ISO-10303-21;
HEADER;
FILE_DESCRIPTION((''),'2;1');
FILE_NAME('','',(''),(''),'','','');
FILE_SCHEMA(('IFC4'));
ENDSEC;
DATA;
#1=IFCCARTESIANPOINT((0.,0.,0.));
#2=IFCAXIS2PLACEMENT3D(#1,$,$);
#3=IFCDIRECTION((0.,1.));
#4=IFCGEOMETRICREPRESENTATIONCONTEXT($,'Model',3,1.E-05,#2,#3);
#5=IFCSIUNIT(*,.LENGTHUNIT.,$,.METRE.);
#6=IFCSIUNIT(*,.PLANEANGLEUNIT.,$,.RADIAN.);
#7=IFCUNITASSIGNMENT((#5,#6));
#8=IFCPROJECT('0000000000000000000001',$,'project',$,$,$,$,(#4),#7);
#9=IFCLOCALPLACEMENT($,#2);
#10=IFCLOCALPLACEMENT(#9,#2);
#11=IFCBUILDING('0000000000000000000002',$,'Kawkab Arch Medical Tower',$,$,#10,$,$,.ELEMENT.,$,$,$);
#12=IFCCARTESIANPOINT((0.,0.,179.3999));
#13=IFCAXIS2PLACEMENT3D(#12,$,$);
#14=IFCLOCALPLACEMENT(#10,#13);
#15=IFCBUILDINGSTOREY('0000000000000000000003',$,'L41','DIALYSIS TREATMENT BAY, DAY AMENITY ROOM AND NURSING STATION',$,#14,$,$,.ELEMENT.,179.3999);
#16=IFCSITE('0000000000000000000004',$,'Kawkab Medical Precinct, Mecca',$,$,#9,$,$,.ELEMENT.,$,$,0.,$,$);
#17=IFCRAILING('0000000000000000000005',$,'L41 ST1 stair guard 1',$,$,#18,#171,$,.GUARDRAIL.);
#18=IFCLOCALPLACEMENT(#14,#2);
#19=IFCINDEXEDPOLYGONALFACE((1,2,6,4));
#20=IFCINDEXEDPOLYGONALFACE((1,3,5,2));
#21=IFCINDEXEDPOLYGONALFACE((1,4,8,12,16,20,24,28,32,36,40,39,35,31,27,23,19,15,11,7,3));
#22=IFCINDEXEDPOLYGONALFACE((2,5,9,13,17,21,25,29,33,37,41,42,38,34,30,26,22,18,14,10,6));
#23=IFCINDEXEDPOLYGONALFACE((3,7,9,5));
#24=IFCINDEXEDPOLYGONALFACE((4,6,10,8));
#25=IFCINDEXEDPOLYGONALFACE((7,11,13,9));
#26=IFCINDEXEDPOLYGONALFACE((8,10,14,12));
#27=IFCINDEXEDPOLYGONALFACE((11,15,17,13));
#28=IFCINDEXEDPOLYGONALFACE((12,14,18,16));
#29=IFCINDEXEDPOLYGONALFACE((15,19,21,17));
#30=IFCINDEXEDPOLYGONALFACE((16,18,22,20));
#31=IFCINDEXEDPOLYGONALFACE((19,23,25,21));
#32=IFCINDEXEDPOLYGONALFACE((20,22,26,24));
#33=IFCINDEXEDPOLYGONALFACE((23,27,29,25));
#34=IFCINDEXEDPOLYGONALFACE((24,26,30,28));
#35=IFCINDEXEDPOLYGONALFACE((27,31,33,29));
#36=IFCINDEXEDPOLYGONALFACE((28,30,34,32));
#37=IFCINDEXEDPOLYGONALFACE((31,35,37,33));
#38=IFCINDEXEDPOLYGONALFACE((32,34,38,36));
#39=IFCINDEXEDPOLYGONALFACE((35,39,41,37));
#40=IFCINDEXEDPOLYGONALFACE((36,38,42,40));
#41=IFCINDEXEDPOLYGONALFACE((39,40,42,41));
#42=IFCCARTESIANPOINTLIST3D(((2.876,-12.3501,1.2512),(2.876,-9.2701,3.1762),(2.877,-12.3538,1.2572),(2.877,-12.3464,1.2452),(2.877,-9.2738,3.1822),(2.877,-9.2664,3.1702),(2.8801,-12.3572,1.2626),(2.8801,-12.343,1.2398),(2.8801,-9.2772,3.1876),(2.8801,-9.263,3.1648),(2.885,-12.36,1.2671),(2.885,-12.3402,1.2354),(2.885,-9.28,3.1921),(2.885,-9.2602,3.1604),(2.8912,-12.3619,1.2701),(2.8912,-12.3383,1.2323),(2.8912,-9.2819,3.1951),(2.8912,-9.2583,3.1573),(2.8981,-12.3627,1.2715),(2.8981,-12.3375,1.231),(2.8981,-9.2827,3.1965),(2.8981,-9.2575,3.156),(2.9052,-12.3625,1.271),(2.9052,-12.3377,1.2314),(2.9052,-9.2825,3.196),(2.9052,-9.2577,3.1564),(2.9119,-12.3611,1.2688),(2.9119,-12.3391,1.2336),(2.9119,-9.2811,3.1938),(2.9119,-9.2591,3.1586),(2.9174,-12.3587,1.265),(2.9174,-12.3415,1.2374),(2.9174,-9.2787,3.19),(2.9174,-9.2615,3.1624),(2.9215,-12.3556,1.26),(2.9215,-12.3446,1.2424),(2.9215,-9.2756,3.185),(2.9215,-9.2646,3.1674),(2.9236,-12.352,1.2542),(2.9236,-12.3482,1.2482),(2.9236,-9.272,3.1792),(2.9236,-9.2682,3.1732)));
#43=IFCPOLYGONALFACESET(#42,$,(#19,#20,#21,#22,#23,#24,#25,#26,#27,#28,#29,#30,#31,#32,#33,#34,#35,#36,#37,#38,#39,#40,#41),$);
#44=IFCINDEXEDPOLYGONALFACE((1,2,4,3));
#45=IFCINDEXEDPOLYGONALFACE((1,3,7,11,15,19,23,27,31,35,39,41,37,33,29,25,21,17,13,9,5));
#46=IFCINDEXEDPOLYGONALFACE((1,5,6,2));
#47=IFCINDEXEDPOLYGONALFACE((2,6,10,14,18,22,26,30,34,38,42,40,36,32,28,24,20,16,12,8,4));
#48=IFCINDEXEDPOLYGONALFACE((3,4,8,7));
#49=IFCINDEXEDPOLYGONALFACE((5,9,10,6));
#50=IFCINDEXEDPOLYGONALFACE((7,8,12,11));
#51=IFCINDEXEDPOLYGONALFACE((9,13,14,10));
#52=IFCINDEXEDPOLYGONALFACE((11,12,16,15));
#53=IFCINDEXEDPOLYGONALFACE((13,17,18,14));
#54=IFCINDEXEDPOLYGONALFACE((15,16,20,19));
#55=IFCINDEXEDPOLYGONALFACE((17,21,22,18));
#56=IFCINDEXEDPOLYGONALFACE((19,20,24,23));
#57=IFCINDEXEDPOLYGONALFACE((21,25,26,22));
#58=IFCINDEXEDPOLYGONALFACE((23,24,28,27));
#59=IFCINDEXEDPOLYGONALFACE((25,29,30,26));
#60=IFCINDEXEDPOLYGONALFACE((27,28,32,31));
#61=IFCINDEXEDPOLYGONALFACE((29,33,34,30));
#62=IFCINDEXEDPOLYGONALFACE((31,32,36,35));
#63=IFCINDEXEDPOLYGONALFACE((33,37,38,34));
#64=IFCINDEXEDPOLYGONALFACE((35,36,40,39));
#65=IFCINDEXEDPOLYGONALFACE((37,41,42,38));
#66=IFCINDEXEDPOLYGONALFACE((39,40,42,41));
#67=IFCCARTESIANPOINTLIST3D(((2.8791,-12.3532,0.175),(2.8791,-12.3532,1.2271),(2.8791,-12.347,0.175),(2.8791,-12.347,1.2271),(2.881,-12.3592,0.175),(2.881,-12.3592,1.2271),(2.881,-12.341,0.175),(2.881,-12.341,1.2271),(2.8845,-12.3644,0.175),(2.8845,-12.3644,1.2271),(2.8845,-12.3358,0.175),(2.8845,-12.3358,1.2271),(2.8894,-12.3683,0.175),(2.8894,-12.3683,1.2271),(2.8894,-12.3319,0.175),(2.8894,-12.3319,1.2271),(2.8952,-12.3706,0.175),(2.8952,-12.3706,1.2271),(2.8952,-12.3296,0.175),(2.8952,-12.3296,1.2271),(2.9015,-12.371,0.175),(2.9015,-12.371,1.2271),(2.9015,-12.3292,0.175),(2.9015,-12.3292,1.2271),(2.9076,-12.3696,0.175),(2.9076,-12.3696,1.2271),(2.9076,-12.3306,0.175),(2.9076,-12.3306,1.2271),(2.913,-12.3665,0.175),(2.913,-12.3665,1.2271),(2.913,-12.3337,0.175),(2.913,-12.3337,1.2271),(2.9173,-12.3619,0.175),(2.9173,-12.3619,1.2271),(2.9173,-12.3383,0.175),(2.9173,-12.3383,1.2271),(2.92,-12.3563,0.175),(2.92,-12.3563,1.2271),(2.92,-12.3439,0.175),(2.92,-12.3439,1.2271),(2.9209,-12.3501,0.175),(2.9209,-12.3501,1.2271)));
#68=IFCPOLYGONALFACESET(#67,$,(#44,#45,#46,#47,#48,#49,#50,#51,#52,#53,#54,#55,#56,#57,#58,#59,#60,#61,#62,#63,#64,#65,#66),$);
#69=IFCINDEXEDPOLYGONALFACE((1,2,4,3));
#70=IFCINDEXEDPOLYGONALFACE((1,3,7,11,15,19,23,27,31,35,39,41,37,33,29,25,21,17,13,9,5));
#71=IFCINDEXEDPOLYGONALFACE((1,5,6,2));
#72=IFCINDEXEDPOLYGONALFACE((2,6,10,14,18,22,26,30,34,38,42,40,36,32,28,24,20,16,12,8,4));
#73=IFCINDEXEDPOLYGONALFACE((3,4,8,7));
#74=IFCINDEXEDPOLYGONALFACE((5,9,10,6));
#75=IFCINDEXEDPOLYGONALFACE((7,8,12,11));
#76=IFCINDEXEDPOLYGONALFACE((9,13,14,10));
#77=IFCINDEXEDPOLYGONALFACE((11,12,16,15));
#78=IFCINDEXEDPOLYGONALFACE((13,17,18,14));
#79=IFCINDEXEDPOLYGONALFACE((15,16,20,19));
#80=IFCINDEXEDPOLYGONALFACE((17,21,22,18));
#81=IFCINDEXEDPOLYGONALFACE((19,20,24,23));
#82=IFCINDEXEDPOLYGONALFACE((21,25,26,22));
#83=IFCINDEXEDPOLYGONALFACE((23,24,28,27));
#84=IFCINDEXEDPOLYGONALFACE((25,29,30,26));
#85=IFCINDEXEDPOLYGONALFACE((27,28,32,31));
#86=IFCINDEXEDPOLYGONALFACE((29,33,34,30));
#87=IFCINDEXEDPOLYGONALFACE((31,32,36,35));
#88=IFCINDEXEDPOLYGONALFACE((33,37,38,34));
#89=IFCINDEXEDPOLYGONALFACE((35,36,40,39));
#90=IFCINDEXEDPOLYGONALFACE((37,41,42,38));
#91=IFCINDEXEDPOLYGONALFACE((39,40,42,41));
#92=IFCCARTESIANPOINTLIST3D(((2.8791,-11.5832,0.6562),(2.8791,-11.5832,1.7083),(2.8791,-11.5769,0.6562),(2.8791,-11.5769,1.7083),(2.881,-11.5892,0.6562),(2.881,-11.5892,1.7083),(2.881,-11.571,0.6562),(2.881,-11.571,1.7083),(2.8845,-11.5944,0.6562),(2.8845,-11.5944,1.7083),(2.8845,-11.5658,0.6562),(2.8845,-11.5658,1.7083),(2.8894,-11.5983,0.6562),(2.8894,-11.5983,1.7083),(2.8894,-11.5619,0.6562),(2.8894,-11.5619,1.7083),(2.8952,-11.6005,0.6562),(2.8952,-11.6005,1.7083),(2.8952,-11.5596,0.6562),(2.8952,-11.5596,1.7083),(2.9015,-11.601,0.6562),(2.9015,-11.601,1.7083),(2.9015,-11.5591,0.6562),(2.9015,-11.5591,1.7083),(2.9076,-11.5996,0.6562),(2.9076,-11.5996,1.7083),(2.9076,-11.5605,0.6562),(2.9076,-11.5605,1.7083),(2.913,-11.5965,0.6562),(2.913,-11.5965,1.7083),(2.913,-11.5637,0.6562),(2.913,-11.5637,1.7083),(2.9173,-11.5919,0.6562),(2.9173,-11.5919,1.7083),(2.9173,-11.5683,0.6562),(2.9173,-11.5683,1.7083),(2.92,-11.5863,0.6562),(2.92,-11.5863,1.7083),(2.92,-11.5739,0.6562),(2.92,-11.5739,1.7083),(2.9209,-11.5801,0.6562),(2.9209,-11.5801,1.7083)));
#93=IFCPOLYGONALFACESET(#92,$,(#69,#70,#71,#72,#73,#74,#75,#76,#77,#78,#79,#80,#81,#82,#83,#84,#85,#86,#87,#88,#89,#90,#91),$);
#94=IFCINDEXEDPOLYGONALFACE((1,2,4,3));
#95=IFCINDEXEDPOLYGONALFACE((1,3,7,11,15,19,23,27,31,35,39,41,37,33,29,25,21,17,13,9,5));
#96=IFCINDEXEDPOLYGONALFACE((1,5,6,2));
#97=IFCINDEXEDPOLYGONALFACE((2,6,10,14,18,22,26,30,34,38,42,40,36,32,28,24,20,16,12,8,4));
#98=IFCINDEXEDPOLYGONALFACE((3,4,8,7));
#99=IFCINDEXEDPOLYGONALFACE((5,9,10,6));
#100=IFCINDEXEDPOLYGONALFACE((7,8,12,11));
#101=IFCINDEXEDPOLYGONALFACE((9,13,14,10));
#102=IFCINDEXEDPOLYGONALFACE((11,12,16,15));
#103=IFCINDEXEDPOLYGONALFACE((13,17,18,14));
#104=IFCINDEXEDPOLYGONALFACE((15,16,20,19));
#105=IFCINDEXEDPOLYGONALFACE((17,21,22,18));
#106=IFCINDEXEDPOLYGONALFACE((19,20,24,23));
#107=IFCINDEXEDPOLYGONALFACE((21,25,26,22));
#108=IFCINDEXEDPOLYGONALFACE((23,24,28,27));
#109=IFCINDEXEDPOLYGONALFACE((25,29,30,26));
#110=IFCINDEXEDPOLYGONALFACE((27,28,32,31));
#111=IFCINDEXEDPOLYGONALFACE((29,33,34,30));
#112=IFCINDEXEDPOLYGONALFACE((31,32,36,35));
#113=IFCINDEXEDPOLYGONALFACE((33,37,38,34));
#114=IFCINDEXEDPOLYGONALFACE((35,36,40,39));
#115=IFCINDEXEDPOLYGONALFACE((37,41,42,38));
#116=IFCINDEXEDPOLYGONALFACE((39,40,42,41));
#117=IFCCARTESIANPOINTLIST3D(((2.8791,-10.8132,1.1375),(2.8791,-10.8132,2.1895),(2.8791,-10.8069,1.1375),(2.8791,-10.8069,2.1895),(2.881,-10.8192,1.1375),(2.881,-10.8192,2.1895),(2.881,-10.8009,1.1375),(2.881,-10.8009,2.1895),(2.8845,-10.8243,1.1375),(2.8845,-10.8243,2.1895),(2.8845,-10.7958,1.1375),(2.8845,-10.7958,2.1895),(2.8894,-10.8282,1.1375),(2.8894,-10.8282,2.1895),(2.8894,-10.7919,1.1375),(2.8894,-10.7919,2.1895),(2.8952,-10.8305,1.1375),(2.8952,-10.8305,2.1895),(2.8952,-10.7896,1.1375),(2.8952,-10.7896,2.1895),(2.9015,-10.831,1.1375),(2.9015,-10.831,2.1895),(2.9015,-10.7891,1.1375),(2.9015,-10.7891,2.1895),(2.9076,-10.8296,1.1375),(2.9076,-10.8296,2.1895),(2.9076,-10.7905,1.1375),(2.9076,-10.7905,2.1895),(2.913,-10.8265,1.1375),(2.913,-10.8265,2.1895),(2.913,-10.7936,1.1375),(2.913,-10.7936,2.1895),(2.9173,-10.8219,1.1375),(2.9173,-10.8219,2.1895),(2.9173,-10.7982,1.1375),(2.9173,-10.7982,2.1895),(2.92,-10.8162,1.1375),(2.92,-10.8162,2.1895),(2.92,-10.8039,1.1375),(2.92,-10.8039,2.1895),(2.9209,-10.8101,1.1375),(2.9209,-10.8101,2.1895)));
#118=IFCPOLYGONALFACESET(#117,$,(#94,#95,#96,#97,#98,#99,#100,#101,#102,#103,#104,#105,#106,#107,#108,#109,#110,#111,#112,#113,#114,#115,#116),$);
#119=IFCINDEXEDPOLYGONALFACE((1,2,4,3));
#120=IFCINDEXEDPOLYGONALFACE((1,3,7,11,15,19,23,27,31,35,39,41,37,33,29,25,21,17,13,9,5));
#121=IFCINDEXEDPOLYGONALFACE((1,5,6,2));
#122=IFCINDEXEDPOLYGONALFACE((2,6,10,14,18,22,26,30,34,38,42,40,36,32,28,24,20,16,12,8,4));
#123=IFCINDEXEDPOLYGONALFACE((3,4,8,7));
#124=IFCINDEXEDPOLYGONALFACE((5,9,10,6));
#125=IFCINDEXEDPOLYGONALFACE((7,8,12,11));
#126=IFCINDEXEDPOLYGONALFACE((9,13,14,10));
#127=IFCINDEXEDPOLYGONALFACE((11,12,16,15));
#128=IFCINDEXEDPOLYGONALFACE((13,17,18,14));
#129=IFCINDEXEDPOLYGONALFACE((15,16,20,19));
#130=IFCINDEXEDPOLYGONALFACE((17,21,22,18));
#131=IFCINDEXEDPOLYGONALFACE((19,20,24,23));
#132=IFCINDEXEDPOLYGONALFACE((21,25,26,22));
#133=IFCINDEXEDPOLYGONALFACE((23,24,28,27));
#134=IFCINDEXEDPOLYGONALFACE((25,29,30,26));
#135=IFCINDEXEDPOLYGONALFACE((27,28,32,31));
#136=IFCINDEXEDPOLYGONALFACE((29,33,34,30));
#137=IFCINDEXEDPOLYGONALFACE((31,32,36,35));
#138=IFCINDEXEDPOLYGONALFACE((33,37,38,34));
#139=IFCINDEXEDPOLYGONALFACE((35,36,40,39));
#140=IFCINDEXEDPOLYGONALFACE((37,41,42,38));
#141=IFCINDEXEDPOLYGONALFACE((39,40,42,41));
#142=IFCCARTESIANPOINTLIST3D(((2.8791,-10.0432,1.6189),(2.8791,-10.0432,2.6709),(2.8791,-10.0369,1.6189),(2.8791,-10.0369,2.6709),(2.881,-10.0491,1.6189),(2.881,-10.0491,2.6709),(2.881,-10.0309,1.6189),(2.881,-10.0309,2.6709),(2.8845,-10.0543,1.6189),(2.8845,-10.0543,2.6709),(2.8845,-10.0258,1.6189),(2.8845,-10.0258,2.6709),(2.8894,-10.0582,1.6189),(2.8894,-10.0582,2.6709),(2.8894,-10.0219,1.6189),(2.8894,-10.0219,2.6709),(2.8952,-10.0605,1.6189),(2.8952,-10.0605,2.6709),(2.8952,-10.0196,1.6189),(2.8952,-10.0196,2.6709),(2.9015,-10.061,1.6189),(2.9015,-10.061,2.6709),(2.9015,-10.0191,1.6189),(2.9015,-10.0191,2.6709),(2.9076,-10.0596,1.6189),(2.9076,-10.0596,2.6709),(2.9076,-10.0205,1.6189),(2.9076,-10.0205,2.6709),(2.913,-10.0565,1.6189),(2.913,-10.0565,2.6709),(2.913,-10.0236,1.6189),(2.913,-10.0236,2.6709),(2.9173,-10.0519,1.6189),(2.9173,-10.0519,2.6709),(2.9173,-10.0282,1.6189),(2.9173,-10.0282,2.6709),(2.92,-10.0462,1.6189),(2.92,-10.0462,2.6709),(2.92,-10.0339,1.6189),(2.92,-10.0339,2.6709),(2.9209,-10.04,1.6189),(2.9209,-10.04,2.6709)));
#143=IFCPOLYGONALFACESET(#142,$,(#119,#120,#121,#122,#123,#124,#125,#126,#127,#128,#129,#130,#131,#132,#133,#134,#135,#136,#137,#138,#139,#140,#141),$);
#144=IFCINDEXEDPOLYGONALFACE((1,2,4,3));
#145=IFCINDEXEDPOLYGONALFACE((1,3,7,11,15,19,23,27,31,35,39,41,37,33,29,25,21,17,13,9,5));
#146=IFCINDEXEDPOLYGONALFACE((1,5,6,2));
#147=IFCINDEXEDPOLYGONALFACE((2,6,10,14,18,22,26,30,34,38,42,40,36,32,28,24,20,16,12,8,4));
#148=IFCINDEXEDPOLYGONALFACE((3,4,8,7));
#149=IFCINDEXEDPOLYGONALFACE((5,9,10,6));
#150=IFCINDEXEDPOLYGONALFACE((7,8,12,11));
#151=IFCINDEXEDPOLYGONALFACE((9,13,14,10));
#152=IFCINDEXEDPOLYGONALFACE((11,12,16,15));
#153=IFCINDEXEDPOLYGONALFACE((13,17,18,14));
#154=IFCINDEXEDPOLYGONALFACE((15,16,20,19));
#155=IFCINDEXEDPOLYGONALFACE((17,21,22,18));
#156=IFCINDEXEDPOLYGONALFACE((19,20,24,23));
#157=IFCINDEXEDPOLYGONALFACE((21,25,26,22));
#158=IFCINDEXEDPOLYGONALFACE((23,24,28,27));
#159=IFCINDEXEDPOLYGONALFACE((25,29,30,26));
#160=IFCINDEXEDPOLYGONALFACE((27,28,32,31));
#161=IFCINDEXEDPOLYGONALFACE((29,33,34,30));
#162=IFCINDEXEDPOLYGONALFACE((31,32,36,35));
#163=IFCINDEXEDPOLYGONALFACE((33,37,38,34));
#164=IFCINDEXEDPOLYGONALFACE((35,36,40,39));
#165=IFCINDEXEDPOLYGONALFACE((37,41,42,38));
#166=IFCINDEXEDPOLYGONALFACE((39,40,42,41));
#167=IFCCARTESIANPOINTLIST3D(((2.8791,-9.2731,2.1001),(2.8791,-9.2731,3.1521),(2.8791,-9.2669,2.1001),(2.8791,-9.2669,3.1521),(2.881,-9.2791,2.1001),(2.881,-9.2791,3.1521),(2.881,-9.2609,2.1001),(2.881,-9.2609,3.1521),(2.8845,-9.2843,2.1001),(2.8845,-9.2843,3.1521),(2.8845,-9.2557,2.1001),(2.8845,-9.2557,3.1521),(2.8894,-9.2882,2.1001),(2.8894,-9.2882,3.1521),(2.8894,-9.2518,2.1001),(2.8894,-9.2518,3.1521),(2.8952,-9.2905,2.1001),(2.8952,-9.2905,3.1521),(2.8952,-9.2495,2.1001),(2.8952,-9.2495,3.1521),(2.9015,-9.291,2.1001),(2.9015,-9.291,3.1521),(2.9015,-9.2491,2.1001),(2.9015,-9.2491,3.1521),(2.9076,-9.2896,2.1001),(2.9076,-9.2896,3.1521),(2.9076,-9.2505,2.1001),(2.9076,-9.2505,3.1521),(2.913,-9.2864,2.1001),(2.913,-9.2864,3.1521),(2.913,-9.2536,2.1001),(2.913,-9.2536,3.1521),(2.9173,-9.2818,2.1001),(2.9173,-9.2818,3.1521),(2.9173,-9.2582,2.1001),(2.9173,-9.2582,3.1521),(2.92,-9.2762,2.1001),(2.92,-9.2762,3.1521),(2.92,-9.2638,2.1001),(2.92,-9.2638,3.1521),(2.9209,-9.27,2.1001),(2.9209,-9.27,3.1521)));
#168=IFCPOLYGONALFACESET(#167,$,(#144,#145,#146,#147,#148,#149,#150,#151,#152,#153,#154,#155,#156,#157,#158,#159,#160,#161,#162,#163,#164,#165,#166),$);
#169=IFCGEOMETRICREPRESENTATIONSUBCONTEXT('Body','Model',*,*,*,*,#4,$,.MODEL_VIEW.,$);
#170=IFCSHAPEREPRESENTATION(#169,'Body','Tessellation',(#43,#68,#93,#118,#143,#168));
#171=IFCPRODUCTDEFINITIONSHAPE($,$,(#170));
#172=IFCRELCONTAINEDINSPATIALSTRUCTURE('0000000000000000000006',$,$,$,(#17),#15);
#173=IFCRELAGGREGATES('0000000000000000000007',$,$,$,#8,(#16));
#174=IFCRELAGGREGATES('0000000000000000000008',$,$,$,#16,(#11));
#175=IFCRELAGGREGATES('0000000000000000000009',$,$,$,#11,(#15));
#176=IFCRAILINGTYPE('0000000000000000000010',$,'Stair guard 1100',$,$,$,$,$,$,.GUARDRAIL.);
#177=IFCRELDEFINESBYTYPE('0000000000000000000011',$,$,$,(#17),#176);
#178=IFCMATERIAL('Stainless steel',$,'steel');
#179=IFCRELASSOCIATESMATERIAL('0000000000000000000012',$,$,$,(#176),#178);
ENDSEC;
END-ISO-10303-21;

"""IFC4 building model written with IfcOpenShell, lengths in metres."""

from ifc_helpers import new_model, si_unit, direction, frame, origin, origin_2d, place, context, subcontext, project, spatial, circle, extrude, material, type_object, element, save


model = new_model("IFC4")

# Units and contexts
model_context = context("Model", 3, precision=1e-05, world=origin(), true_north=direction((0.0, 1.0)))
body_context = subcontext(model_context, "Body", "Model", "MODEL_VIEW")
ifc_project = project(units=[si_unit("LENGTHUNIT", "METRE"), si_unit("PLANEANGLEUNIT", "RADIAN")], contexts=[model_context])

# Site, building, storey
site_placement = place(None, origin())
site = spatial("IfcSite", under=ifc_project, at=site_placement, Name="Kawkab Medical Precinct, Mecca", CompositionType="ELEMENT", RefElevation=0.0)
building_placement = place(site_placement, origin())
building = spatial("IfcBuilding", under=site, at=building_placement, Name="Kawkab Arch Medical Tower", CompositionType="ELEMENT")
storey_placement = place(building_placement, frame((0.0, 0.0, 179.3999)))
storey = spatial("IfcBuildingStorey", under=building, at=storey_placement, Name="L41", Description="DIALYSIS TREATMENT BAY, DAY AMENITY ROOM AND NURSING STATION", CompositionType="ELEMENT", Elevation=179.3999)

# Railing
ifc_material_1 = material(Name="Stainless steel", Category="steel")
railing_type = type_object("IfcRailingType", Name="Stair guard 1100", PredefinedType="GUARDRAIL", material=ifc_material_1)
railing_placement = place(storey_placement, frame((2.8999, -12.3501, 0.175)))
element("IfcRailing", 1, at=railing_placement, inside=storey, type_object=railing_type, Name="L41 ST1 stair guard 1", PredefinedType="GUARDRAIL", context=body_context, shape_type="SweptSolid", body=[
    extrude(circle(Radius=0.0239, at=origin_2d()), frame((0.0, 0.0, 1.0762), z_axis=(0.0, 0.847998, 0.529999), x_axis=(-1.0, 0.0, 0.0)), (0.0, 0.0, 1.0), 3.6321),
    extrude(circle(Radius=0.021, at=origin_2d()), origin(), (0.0, 0.0, 1.0), 1.052),
    extrude(circle(Radius=0.021, at=origin_2d()), frame((0.0, 0.77, 0.4812)), (0.0, 0.0, 1.0), 1.052),
    extrude(circle(Radius=0.021, at=origin_2d()), frame((0.0, 1.54, 0.9624)), (0.0, 0.0, 1.0), 1.052),
    extrude(circle(Radius=0.021, at=origin_2d()), frame((0.0, 2.3101, 1.4438)), (0.0, 0.0, 1.0), 1.052),
    extrude(circle(Radius=0.021, at=origin_2d()), frame((0.0, 3.0801, 1.925)), (0.0, 0.0, 1.0), 1.052),
])

save(model, "model.ifc")
